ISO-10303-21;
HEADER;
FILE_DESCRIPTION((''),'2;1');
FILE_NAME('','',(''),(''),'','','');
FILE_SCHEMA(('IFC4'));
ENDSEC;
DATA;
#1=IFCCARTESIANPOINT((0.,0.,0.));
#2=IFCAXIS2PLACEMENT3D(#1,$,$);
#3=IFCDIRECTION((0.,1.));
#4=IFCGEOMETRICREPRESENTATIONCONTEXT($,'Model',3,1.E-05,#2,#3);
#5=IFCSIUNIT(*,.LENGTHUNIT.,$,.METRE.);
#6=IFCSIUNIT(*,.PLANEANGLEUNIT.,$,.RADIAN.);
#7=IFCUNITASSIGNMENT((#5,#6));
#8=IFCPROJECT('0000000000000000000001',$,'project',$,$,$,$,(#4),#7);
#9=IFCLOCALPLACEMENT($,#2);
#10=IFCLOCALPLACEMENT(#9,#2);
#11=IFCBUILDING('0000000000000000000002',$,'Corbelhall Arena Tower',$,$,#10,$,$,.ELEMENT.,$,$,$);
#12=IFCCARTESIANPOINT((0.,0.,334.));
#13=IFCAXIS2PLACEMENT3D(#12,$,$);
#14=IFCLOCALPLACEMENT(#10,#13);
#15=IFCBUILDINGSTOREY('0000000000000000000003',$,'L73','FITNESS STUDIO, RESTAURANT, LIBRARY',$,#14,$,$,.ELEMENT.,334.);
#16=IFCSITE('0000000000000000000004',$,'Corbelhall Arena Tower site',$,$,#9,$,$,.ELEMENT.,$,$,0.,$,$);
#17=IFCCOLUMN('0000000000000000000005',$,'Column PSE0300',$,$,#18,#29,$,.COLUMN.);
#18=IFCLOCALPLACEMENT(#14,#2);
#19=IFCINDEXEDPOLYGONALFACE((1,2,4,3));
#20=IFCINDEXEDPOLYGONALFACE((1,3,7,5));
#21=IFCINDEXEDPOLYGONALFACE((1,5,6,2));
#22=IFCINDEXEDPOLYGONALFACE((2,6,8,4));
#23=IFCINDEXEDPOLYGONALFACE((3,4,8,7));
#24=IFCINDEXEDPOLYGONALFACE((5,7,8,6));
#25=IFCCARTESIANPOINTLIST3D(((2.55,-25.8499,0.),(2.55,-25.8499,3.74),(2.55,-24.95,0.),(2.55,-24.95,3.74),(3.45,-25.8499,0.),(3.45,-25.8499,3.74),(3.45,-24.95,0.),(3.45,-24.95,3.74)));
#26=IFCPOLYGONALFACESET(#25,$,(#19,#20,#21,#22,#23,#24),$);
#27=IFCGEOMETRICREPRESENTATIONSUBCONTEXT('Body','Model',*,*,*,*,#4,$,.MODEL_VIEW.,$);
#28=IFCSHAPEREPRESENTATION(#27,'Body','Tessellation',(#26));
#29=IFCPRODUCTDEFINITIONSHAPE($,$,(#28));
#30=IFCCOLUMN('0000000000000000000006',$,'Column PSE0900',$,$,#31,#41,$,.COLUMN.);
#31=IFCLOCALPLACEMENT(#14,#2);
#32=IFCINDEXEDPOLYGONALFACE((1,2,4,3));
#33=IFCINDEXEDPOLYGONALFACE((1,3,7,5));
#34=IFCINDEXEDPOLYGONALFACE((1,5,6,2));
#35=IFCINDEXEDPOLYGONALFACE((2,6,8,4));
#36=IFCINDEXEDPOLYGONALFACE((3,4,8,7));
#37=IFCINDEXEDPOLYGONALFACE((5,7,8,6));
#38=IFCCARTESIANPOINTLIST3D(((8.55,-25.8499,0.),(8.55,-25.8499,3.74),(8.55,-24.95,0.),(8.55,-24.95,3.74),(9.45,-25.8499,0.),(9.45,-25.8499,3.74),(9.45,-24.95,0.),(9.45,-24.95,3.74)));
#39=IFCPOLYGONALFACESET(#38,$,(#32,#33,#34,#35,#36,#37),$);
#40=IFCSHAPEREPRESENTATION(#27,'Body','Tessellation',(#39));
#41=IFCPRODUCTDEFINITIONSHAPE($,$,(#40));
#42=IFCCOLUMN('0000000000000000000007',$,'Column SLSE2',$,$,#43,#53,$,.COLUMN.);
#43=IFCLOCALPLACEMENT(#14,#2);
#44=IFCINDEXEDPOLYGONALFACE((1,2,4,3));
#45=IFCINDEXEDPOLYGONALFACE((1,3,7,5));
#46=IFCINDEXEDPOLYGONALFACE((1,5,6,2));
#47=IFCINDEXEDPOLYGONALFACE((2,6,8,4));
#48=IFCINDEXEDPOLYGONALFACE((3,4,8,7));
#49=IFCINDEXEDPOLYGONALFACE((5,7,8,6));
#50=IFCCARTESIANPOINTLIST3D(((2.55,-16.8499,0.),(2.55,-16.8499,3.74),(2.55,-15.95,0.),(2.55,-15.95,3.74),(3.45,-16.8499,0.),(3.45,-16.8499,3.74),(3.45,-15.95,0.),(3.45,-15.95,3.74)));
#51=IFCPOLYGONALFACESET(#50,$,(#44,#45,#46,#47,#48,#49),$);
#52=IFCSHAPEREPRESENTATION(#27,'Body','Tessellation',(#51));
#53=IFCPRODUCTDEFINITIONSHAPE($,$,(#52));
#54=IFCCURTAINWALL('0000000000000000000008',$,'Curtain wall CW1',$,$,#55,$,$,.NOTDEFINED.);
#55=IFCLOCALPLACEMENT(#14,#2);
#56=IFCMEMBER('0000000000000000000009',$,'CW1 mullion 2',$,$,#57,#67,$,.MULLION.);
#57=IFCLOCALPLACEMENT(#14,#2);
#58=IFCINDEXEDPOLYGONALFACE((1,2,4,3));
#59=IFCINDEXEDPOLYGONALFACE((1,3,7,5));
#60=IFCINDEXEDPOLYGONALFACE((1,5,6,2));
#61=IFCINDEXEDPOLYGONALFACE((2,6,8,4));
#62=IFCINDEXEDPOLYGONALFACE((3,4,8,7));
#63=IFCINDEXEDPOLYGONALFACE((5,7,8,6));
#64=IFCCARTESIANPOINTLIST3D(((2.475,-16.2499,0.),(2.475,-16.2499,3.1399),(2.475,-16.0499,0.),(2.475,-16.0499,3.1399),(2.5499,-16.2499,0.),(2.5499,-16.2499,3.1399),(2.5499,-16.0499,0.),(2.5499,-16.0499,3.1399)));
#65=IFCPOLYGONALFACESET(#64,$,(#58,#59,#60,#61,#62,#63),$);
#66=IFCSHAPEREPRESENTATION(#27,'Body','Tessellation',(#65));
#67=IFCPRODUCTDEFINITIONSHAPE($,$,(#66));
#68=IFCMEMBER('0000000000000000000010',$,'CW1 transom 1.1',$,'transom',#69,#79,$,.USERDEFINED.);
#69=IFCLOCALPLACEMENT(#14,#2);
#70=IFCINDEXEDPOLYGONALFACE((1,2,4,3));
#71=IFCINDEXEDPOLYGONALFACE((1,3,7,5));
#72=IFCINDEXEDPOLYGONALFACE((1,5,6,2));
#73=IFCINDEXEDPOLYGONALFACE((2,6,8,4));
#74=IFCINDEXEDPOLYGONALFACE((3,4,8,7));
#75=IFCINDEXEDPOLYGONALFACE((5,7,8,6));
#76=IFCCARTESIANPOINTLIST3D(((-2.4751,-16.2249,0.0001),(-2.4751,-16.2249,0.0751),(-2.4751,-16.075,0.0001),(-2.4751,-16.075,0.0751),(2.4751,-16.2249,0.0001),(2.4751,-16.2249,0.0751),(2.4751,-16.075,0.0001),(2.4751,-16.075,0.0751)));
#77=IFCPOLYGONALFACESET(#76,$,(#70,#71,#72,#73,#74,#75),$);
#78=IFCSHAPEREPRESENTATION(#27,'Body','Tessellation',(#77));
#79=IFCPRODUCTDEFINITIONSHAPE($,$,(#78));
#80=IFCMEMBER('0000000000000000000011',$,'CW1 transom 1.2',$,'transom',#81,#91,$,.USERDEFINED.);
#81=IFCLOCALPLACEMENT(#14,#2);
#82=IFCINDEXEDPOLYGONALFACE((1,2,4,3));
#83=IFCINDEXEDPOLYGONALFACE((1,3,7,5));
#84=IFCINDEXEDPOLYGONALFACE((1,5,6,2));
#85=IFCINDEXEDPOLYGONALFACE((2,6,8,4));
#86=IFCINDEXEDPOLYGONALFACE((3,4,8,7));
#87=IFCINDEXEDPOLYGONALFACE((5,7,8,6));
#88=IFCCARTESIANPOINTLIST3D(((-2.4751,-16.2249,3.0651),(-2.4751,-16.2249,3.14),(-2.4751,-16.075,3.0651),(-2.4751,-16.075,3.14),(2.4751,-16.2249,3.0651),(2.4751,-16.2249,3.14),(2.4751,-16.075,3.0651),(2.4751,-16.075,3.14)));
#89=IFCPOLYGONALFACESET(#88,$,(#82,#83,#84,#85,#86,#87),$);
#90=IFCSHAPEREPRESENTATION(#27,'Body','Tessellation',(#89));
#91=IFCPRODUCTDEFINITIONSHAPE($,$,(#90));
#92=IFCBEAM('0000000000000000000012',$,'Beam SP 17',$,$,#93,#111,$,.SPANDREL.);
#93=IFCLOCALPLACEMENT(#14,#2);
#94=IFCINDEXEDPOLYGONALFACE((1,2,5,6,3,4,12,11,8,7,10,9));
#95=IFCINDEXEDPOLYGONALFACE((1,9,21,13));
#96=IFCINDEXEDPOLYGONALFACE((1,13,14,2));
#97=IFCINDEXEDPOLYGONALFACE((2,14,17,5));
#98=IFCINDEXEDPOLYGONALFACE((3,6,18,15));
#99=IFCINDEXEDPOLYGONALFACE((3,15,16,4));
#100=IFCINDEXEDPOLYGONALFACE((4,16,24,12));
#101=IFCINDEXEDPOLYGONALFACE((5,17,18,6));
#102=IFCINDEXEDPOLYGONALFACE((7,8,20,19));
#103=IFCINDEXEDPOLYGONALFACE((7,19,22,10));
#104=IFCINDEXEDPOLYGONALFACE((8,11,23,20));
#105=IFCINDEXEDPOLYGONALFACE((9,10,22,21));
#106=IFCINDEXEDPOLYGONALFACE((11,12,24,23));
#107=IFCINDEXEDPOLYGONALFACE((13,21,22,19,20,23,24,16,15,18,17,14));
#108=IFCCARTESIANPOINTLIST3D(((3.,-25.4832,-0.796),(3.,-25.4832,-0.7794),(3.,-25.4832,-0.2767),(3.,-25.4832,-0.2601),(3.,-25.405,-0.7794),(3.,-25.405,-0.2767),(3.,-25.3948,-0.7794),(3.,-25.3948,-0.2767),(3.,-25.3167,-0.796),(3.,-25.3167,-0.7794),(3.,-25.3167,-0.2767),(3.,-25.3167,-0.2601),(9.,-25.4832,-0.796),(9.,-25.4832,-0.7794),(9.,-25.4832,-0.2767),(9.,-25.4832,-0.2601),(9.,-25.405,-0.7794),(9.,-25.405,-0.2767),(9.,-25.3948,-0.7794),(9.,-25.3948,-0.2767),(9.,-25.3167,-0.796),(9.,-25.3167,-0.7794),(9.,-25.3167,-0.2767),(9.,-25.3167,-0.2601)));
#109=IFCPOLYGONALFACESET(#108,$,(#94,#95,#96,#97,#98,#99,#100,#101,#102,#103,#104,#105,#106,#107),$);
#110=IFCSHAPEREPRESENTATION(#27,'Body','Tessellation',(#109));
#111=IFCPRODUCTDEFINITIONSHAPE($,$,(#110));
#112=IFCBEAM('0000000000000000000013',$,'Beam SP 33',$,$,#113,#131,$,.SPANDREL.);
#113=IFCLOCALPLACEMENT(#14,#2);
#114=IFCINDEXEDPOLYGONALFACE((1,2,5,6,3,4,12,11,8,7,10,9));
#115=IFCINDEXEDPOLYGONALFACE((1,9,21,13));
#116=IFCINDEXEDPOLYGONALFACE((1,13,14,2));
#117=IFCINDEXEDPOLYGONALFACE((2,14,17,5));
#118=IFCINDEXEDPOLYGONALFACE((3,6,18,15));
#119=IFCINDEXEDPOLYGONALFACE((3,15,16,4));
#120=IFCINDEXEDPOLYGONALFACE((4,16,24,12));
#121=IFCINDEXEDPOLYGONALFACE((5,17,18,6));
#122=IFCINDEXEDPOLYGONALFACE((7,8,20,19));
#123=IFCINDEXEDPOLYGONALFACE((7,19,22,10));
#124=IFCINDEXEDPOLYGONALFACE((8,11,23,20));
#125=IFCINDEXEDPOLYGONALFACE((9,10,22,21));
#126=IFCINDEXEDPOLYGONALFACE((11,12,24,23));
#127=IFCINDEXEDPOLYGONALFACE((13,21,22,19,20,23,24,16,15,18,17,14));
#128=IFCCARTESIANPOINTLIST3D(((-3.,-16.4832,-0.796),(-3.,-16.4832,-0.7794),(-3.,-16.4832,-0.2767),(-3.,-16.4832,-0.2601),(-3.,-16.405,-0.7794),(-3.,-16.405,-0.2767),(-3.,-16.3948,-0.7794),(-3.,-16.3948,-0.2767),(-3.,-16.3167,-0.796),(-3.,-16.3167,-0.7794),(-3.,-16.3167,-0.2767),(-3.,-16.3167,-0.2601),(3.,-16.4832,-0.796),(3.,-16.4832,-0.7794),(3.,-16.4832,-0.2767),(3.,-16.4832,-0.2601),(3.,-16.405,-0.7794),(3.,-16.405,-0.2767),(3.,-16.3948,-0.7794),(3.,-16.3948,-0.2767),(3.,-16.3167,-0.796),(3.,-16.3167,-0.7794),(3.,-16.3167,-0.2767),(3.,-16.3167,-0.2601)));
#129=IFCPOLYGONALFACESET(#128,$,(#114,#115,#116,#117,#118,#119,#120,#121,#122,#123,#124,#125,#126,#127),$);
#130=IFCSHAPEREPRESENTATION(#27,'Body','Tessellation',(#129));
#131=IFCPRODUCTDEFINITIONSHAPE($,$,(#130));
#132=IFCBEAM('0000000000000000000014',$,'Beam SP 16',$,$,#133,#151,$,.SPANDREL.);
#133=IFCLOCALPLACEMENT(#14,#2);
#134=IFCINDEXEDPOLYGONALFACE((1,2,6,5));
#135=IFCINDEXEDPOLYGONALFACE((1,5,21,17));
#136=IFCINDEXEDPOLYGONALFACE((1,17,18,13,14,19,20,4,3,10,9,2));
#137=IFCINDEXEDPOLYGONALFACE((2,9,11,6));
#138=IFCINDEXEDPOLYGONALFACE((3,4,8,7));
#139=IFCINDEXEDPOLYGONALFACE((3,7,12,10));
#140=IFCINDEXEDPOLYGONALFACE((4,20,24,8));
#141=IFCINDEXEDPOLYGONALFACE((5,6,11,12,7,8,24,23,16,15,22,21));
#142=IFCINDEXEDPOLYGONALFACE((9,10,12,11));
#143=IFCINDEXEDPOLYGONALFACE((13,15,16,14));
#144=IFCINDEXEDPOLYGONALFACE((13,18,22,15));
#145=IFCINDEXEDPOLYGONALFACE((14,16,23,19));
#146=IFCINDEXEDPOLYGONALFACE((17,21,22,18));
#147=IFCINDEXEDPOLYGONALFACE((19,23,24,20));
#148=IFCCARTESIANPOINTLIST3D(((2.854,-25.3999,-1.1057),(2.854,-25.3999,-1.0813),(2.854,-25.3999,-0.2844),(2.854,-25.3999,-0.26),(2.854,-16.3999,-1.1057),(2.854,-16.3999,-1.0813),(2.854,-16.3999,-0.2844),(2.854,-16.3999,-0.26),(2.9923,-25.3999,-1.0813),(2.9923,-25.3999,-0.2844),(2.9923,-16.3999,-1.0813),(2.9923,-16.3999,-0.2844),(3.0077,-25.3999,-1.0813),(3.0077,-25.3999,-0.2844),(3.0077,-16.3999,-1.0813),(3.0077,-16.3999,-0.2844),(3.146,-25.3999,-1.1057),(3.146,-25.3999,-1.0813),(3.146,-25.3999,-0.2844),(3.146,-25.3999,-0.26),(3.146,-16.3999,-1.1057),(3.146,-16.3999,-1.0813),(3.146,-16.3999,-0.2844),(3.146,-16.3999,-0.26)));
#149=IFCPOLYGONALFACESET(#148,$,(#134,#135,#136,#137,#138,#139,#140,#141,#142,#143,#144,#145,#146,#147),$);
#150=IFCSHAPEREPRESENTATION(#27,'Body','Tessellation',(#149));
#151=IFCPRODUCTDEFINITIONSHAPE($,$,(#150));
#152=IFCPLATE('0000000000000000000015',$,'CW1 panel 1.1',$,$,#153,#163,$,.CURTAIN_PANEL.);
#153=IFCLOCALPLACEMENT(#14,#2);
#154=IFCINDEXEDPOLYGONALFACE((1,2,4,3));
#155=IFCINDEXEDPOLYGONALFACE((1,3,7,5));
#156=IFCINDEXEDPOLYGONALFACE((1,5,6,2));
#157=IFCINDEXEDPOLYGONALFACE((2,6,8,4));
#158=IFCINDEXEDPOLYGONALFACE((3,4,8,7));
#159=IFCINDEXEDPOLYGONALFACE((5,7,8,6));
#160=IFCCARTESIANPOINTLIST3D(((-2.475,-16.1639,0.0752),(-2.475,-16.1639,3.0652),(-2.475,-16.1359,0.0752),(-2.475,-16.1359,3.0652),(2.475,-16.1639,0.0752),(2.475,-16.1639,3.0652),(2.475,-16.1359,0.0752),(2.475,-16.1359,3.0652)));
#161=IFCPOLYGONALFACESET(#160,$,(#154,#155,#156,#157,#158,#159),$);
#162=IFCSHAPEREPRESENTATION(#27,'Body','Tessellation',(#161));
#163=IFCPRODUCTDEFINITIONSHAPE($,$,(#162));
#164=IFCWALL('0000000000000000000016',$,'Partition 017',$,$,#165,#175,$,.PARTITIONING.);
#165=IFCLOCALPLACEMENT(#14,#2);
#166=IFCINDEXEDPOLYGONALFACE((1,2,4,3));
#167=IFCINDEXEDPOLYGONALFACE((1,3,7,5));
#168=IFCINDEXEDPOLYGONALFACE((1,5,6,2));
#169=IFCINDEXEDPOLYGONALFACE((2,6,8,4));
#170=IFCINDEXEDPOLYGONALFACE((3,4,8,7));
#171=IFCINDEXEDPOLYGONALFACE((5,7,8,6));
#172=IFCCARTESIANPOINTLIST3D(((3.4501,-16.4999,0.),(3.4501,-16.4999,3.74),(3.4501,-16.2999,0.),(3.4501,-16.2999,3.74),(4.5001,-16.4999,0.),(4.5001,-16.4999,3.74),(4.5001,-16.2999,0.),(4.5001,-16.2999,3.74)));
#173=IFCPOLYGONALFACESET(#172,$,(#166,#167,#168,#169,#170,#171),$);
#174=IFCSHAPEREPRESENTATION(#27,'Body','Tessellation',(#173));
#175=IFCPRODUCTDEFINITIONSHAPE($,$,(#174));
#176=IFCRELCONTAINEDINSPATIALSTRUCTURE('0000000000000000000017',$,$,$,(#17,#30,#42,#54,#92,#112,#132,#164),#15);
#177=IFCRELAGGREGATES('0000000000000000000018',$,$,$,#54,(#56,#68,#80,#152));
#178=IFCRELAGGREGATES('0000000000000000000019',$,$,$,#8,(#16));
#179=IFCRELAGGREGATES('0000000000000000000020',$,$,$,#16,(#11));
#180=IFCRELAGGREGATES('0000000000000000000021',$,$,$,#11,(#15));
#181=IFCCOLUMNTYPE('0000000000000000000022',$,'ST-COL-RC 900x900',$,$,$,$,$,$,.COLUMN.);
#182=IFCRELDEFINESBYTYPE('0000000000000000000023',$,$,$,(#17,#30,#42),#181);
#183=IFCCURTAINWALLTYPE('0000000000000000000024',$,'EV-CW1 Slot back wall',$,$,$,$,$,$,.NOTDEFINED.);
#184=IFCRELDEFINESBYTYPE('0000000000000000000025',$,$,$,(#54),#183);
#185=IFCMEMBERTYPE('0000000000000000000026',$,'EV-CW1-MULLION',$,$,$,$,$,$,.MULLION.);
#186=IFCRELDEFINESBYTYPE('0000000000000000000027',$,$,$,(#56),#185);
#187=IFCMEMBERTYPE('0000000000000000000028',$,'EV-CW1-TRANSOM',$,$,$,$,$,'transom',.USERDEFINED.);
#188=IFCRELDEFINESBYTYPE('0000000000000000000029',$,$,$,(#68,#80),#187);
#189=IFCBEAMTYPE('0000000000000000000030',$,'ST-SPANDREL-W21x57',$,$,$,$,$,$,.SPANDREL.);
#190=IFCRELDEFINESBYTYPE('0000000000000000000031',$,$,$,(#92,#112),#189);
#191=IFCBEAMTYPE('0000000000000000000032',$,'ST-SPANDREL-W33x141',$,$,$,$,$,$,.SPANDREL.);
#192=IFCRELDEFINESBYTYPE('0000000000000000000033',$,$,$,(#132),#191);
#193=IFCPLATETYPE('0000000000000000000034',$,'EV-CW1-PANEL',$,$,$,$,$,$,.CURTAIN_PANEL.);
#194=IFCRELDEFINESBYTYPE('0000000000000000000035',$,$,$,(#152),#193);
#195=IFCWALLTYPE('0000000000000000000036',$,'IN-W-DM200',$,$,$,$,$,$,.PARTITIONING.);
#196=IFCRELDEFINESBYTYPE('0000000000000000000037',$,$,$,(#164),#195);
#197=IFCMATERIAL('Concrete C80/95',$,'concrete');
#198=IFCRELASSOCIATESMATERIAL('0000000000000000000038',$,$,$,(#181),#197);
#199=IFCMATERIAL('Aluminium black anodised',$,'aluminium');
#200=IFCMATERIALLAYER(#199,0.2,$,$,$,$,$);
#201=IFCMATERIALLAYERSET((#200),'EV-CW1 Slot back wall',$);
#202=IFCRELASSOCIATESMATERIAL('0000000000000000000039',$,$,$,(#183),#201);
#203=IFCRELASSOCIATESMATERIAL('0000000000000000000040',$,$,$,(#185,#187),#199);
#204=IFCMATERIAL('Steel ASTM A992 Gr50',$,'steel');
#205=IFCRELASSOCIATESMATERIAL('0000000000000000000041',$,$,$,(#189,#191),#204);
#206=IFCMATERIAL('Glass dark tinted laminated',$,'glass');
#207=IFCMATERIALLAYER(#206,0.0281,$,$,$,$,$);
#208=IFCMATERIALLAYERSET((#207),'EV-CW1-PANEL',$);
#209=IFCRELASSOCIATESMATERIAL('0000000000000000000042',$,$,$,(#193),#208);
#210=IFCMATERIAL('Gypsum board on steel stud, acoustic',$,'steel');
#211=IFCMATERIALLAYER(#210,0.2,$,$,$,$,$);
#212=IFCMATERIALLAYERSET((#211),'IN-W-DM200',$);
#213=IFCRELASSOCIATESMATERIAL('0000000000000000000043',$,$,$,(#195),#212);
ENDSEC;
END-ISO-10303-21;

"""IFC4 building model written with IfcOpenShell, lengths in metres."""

from ifc_helpers import new_model, si_unit, direction, frame, frame_2d, origin, origin_2d, place, context, subcontext, project, spatial, rectangle, i_section, extrude, material, layer, layer_set, material_profile, profile_set, type_object, element, aggregate, save


model = new_model("IFC4")

# Units and contexts
model_context = context("Model", 3, precision=1e-05, world=origin(), true_north=direction((0.0, 1.0)))
body_context = subcontext(model_context, "Body", "Model", "MODEL_VIEW")
ifc_project = project(units=[si_unit("LENGTHUNIT", "METRE"), si_unit("PLANEANGLEUNIT", "RADIAN")], contexts=[model_context])

# Site, building, storey
site_placement = place(None, origin())
site = spatial("IfcSite", under=ifc_project, at=site_placement, Name="Corbelhall Arena Tower site", CompositionType="ELEMENT", RefElevation=0.0)
building_placement = place(site_placement, origin())
building = spatial("IfcBuilding", under=site, at=building_placement, Name="Corbelhall Arena Tower", CompositionType="ELEMENT")
storey_placement = place(building_placement, frame((0.0, 0.0, 334.0)))
storey = spatial("IfcBuildingStorey", under=building, at=storey_placement, Name="L73", Description="FITNESS STUDIO, RESTAURANT, LIBRARY", CompositionType="ELEMENT", Elevation=334.0)

# Columns
ifc_material_1 = material(Name="Concrete C80/95", Category="concrete")
ifc_material_profile_1 = material_profile(ifc_material_1, rectangle(XDim=0.8999, YDim=0.8999, at=origin_2d()))
ifc_profile_set_1 = profile_set([ifc_material_profile_1], Name="Concrete C80/95")
column_type = type_object("IfcColumnType", Name="ST-COL-RC 900x900", PredefinedType="COLUMN", material=ifc_profile_set_1)
for number, where, z_axis, x_axis, name in (
    (1, (3.0, -25.3999, 0.0), (0.0, 0.0, 1.0), (1.0, 0.0, 0.0), "Column PSE0300"),
    (2, (9.0, -25.3999, 0.0), (0.0, 0.0, 1.0), (1.0, 0.0, 0.0), "Column PSE0900"),
    (3, (3.0, -16.3999, 0.0), (0.0, 0.0, 1.0), (1.0, 0.0, 0.0), "Column SLSE2"),
):
    element("IfcColumn", number, at=place(storey_placement, frame(where, z_axis=z_axis, x_axis=x_axis)), inside=storey, type_object=column_type, Name=name, PredefinedType="COLUMN", context=body_context, shape_type="SweptSolid", body=[
        extrude(rectangle(XDim=0.8999, YDim=0.8999, at=origin_2d()), origin(), (0.0, 0.0, 1.0), 3.74),
    ])

# Curtain wall, members
ifc_material_2 = material(Name="Aluminium black anodised", Category="aluminium")
ifc_layer_1 = layer(ifc_material_2, 0.2)
ifc_layer_set_1 = layer_set([ifc_layer_1], Name="EV-CW1 Slot back wall")
curtain_wall_type = type_object("IfcCurtainWallType", Name="EV-CW1 Slot back wall", PredefinedType="NOTDEFINED", material=ifc_layer_set_1)
curtain_wall_placement = place(storey_placement, origin())
curtain_wall = element("IfcCurtainWall", 4, at=curtain_wall_placement, inside=storey, type_object=curtain_wall_type, Name="Curtain wall CW1", PredefinedType="NOTDEFINED")
ifc_material_profile_2 = material_profile(ifc_material_2, rectangle(XDim=0.2, YDim=0.075, at=origin_2d()))
ifc_profile_set_2 = profile_set([ifc_material_profile_2], Name="Aluminium black anodised")
member_type_1 = type_object("IfcMemberType", Name="EV-CW1-MULLION", PredefinedType="MULLION", material=ifc_profile_set_2)
member_1_placement = place(storey_placement, frame((2.5125, -16.1499, 0.0), z_axis=(0.0, 0.0, 1.0), x_axis=(0.0, 1.0, 0.0)))
member_1 = element("IfcMember", 5, at=member_1_placement, type_object=member_type_1, Name="CW1 mullion 2", PredefinedType="MULLION", context=body_context, shape_type="SweptSolid", body=[
    extrude(rectangle(XDim=0.2, YDim=0.075, at=origin_2d()), origin(), (0.0, 0.0, 1.0), 3.1399),
])
ifc_material_profile_3 = material_profile(ifc_material_2, rectangle(XDim=0.1499, YDim=0.075, at=origin_2d()))
ifc_profile_set_3 = profile_set([ifc_material_profile_3], Name="Aluminium black anodised")
member_type_2 = type_object("IfcMemberType", Name="EV-CW1-TRANSOM", ElementType="transom", PredefinedType="USERDEFINED", material=ifc_profile_set_3)
member_2_placement = place(storey_placement, frame((-2.4751, -16.1499, 0.0376), z_axis=(1.0, 0.0, 0.0), x_axis=(0.0, 1.0, 0.0)))
member_2 = element("IfcMember", 6, at=member_2_placement, type_object=member_type_2, Name="CW1 transom 1.1", ObjectType="transom", PredefinedType="USERDEFINED", context=body_context, shape_type="SweptSolid", body=[
    extrude(rectangle(XDim=0.1499, YDim=0.075, at=origin_2d()), origin(), (0.0, 0.0, 1.0), 4.9502),
])
member_3_placement = place(storey_placement, frame((-2.4751, -16.1499, 3.1025), z_axis=(1.0, 0.0, 0.0), x_axis=(0.0, 1.0, 0.0)))
member_3 = element("IfcMember", 7, at=member_3_placement, type_object=member_type_2, Name="CW1 transom 1.2", ObjectType="transom", PredefinedType="USERDEFINED", context=body_context, shape_type="SweptSolid", body=[
    extrude(rectangle(XDim=0.1499, YDim=0.075, at=origin_2d()), origin(), (0.0, 0.0, 1.0), 4.9502),
])

# Beams
ifc_material_3 = material(Name="Steel ASTM A992 Gr50", Category="steel")
ifc_material_profile_4 = material_profile(ifc_material_3, i_section(OverallWidth=0.1665, OverallDepth=0.5359, WebThickness=0.0103, FlangeThickness=0.0166, at=origin_2d()))
ifc_profile_set_4 = profile_set([ifc_material_profile_4], Name="Steel ASTM A992 Gr50")
beam_type_1 = type_object("IfcBeamType", Name="ST-SPANDREL-W21x57", PredefinedType="SPANDREL", material=ifc_profile_set_4)
for number, where, z_axis, x_axis, name in (
    (8, (9.0, -25.3999, -0.5281), (-1.0, 0.0, 0.0), (0.0, -1.0, 0.0), "Beam SP 17"),
    (9, (3.0, -16.3999, -0.5281), (-1.0, 0.0, 0.0), (0.0, -1.0, 0.0), "Beam SP 33"),
):
    element("IfcBeam", number, at=place(storey_placement, frame(where, z_axis=z_axis, x_axis=x_axis)), inside=storey, type_object=beam_type_1, Name=name, PredefinedType="SPANDREL", context=body_context, shape_type="SweptSolid", body=[
        extrude(i_section(OverallWidth=0.1665, OverallDepth=0.5359, WebThickness=0.0103, FlangeThickness=0.0166, at=origin_2d()), origin(), (0.0, 0.0, 1.0), 6.0),
    ])
ifc_material_profile_5 = material_profile(ifc_material_3, i_section(OverallWidth=0.292, OverallDepth=0.8457, WebThickness=0.0154, FlangeThickness=0.0244, at=origin_2d()))
ifc_profile_set_5 = profile_set([ifc_material_profile_5], Name="Steel ASTM A992 Gr50")
beam_type_2 = type_object("IfcBeamType", Name="ST-SPANDREL-W33x141", PredefinedType="SPANDREL", material=ifc_profile_set_5)
beam_placement = place(storey_placement, frame((3.0, -25.3999, -0.6829), z_axis=(0.0, 1.0, 0.0), x_axis=(-1.0, 0.0, 0.0)))
element("IfcBeam", 10, at=beam_placement, inside=storey, type_object=beam_type_2, Name="Beam SP 16", PredefinedType="SPANDREL", context=body_context, shape_type="SweptSolid", body=[
    extrude(i_section(OverallWidth=0.292, OverallDepth=0.8457, WebThickness=0.0154, FlangeThickness=0.0244, at=origin_2d()), origin(), (0.0, 0.0, 1.0), 9.0),
])

# Plate
ifc_material_4 = material(Name="Glass dark tinted laminated", Category="glass")
ifc_layer_2 = layer(ifc_material_4, 0.0281)
ifc_layer_set_2 = layer_set([ifc_layer_2], Name="EV-CW1-PANEL")
plate_type = type_object("IfcPlateType", Name="EV-CW1-PANEL", PredefinedType="CURTAIN_PANEL", material=ifc_layer_set_2)
plate_placement = place(storey_placement, frame((0.0, -16.1499, 0.0752), z_axis=(0.0, 0.0, 1.0), x_axis=(1.0, 0.0, 0.0)))
plate = element("IfcPlate", 11, at=plate_placement, type_object=plate_type, Name="CW1 panel 1.1", PredefinedType="CURTAIN_PANEL", context=body_context, shape_type="SweptSolid", body=[
    extrude(rectangle(XDim=4.95, YDim=0.0281, at=origin_2d()), origin(), (0.0, 0.0, 1.0), 2.99),
])
aggregate(curtain_wall, [member_1, member_2, member_3, plate])

# Wall
ifc_material_5 = material(Name="Gypsum board on steel stud, acoustic", Category="steel")
ifc_layer_3 = layer(ifc_material_5, 0.2)
ifc_layer_set_3 = layer_set([ifc_layer_3], Name="IN-W-DM200")
wall_type_1 = type_object("IfcWallType", Name="IN-W-DM200", PredefinedType="PARTITIONING", material=ifc_layer_set_3)
wall_1_placement = place(storey_placement, frame((4.5, -16.3999, 0.0), z_axis=(0.0, 0.0, 1.0), x_axis=(-1.0, 0.0, 0.0)))
element("IfcWall", 12, at=wall_1_placement, inside=storey, type_object=wall_type_1, Name="Partition 017", PredefinedType="PARTITIONING", context=body_context, shape_type="SweptSolid", body=[
    extrude(rectangle(XDim=1.05, YDim=0.2, at=frame_2d((0.5249, 0.0))), origin(), (0.0, 0.0, 1.0), 3.74),
])

save(model, "model.ifc")
